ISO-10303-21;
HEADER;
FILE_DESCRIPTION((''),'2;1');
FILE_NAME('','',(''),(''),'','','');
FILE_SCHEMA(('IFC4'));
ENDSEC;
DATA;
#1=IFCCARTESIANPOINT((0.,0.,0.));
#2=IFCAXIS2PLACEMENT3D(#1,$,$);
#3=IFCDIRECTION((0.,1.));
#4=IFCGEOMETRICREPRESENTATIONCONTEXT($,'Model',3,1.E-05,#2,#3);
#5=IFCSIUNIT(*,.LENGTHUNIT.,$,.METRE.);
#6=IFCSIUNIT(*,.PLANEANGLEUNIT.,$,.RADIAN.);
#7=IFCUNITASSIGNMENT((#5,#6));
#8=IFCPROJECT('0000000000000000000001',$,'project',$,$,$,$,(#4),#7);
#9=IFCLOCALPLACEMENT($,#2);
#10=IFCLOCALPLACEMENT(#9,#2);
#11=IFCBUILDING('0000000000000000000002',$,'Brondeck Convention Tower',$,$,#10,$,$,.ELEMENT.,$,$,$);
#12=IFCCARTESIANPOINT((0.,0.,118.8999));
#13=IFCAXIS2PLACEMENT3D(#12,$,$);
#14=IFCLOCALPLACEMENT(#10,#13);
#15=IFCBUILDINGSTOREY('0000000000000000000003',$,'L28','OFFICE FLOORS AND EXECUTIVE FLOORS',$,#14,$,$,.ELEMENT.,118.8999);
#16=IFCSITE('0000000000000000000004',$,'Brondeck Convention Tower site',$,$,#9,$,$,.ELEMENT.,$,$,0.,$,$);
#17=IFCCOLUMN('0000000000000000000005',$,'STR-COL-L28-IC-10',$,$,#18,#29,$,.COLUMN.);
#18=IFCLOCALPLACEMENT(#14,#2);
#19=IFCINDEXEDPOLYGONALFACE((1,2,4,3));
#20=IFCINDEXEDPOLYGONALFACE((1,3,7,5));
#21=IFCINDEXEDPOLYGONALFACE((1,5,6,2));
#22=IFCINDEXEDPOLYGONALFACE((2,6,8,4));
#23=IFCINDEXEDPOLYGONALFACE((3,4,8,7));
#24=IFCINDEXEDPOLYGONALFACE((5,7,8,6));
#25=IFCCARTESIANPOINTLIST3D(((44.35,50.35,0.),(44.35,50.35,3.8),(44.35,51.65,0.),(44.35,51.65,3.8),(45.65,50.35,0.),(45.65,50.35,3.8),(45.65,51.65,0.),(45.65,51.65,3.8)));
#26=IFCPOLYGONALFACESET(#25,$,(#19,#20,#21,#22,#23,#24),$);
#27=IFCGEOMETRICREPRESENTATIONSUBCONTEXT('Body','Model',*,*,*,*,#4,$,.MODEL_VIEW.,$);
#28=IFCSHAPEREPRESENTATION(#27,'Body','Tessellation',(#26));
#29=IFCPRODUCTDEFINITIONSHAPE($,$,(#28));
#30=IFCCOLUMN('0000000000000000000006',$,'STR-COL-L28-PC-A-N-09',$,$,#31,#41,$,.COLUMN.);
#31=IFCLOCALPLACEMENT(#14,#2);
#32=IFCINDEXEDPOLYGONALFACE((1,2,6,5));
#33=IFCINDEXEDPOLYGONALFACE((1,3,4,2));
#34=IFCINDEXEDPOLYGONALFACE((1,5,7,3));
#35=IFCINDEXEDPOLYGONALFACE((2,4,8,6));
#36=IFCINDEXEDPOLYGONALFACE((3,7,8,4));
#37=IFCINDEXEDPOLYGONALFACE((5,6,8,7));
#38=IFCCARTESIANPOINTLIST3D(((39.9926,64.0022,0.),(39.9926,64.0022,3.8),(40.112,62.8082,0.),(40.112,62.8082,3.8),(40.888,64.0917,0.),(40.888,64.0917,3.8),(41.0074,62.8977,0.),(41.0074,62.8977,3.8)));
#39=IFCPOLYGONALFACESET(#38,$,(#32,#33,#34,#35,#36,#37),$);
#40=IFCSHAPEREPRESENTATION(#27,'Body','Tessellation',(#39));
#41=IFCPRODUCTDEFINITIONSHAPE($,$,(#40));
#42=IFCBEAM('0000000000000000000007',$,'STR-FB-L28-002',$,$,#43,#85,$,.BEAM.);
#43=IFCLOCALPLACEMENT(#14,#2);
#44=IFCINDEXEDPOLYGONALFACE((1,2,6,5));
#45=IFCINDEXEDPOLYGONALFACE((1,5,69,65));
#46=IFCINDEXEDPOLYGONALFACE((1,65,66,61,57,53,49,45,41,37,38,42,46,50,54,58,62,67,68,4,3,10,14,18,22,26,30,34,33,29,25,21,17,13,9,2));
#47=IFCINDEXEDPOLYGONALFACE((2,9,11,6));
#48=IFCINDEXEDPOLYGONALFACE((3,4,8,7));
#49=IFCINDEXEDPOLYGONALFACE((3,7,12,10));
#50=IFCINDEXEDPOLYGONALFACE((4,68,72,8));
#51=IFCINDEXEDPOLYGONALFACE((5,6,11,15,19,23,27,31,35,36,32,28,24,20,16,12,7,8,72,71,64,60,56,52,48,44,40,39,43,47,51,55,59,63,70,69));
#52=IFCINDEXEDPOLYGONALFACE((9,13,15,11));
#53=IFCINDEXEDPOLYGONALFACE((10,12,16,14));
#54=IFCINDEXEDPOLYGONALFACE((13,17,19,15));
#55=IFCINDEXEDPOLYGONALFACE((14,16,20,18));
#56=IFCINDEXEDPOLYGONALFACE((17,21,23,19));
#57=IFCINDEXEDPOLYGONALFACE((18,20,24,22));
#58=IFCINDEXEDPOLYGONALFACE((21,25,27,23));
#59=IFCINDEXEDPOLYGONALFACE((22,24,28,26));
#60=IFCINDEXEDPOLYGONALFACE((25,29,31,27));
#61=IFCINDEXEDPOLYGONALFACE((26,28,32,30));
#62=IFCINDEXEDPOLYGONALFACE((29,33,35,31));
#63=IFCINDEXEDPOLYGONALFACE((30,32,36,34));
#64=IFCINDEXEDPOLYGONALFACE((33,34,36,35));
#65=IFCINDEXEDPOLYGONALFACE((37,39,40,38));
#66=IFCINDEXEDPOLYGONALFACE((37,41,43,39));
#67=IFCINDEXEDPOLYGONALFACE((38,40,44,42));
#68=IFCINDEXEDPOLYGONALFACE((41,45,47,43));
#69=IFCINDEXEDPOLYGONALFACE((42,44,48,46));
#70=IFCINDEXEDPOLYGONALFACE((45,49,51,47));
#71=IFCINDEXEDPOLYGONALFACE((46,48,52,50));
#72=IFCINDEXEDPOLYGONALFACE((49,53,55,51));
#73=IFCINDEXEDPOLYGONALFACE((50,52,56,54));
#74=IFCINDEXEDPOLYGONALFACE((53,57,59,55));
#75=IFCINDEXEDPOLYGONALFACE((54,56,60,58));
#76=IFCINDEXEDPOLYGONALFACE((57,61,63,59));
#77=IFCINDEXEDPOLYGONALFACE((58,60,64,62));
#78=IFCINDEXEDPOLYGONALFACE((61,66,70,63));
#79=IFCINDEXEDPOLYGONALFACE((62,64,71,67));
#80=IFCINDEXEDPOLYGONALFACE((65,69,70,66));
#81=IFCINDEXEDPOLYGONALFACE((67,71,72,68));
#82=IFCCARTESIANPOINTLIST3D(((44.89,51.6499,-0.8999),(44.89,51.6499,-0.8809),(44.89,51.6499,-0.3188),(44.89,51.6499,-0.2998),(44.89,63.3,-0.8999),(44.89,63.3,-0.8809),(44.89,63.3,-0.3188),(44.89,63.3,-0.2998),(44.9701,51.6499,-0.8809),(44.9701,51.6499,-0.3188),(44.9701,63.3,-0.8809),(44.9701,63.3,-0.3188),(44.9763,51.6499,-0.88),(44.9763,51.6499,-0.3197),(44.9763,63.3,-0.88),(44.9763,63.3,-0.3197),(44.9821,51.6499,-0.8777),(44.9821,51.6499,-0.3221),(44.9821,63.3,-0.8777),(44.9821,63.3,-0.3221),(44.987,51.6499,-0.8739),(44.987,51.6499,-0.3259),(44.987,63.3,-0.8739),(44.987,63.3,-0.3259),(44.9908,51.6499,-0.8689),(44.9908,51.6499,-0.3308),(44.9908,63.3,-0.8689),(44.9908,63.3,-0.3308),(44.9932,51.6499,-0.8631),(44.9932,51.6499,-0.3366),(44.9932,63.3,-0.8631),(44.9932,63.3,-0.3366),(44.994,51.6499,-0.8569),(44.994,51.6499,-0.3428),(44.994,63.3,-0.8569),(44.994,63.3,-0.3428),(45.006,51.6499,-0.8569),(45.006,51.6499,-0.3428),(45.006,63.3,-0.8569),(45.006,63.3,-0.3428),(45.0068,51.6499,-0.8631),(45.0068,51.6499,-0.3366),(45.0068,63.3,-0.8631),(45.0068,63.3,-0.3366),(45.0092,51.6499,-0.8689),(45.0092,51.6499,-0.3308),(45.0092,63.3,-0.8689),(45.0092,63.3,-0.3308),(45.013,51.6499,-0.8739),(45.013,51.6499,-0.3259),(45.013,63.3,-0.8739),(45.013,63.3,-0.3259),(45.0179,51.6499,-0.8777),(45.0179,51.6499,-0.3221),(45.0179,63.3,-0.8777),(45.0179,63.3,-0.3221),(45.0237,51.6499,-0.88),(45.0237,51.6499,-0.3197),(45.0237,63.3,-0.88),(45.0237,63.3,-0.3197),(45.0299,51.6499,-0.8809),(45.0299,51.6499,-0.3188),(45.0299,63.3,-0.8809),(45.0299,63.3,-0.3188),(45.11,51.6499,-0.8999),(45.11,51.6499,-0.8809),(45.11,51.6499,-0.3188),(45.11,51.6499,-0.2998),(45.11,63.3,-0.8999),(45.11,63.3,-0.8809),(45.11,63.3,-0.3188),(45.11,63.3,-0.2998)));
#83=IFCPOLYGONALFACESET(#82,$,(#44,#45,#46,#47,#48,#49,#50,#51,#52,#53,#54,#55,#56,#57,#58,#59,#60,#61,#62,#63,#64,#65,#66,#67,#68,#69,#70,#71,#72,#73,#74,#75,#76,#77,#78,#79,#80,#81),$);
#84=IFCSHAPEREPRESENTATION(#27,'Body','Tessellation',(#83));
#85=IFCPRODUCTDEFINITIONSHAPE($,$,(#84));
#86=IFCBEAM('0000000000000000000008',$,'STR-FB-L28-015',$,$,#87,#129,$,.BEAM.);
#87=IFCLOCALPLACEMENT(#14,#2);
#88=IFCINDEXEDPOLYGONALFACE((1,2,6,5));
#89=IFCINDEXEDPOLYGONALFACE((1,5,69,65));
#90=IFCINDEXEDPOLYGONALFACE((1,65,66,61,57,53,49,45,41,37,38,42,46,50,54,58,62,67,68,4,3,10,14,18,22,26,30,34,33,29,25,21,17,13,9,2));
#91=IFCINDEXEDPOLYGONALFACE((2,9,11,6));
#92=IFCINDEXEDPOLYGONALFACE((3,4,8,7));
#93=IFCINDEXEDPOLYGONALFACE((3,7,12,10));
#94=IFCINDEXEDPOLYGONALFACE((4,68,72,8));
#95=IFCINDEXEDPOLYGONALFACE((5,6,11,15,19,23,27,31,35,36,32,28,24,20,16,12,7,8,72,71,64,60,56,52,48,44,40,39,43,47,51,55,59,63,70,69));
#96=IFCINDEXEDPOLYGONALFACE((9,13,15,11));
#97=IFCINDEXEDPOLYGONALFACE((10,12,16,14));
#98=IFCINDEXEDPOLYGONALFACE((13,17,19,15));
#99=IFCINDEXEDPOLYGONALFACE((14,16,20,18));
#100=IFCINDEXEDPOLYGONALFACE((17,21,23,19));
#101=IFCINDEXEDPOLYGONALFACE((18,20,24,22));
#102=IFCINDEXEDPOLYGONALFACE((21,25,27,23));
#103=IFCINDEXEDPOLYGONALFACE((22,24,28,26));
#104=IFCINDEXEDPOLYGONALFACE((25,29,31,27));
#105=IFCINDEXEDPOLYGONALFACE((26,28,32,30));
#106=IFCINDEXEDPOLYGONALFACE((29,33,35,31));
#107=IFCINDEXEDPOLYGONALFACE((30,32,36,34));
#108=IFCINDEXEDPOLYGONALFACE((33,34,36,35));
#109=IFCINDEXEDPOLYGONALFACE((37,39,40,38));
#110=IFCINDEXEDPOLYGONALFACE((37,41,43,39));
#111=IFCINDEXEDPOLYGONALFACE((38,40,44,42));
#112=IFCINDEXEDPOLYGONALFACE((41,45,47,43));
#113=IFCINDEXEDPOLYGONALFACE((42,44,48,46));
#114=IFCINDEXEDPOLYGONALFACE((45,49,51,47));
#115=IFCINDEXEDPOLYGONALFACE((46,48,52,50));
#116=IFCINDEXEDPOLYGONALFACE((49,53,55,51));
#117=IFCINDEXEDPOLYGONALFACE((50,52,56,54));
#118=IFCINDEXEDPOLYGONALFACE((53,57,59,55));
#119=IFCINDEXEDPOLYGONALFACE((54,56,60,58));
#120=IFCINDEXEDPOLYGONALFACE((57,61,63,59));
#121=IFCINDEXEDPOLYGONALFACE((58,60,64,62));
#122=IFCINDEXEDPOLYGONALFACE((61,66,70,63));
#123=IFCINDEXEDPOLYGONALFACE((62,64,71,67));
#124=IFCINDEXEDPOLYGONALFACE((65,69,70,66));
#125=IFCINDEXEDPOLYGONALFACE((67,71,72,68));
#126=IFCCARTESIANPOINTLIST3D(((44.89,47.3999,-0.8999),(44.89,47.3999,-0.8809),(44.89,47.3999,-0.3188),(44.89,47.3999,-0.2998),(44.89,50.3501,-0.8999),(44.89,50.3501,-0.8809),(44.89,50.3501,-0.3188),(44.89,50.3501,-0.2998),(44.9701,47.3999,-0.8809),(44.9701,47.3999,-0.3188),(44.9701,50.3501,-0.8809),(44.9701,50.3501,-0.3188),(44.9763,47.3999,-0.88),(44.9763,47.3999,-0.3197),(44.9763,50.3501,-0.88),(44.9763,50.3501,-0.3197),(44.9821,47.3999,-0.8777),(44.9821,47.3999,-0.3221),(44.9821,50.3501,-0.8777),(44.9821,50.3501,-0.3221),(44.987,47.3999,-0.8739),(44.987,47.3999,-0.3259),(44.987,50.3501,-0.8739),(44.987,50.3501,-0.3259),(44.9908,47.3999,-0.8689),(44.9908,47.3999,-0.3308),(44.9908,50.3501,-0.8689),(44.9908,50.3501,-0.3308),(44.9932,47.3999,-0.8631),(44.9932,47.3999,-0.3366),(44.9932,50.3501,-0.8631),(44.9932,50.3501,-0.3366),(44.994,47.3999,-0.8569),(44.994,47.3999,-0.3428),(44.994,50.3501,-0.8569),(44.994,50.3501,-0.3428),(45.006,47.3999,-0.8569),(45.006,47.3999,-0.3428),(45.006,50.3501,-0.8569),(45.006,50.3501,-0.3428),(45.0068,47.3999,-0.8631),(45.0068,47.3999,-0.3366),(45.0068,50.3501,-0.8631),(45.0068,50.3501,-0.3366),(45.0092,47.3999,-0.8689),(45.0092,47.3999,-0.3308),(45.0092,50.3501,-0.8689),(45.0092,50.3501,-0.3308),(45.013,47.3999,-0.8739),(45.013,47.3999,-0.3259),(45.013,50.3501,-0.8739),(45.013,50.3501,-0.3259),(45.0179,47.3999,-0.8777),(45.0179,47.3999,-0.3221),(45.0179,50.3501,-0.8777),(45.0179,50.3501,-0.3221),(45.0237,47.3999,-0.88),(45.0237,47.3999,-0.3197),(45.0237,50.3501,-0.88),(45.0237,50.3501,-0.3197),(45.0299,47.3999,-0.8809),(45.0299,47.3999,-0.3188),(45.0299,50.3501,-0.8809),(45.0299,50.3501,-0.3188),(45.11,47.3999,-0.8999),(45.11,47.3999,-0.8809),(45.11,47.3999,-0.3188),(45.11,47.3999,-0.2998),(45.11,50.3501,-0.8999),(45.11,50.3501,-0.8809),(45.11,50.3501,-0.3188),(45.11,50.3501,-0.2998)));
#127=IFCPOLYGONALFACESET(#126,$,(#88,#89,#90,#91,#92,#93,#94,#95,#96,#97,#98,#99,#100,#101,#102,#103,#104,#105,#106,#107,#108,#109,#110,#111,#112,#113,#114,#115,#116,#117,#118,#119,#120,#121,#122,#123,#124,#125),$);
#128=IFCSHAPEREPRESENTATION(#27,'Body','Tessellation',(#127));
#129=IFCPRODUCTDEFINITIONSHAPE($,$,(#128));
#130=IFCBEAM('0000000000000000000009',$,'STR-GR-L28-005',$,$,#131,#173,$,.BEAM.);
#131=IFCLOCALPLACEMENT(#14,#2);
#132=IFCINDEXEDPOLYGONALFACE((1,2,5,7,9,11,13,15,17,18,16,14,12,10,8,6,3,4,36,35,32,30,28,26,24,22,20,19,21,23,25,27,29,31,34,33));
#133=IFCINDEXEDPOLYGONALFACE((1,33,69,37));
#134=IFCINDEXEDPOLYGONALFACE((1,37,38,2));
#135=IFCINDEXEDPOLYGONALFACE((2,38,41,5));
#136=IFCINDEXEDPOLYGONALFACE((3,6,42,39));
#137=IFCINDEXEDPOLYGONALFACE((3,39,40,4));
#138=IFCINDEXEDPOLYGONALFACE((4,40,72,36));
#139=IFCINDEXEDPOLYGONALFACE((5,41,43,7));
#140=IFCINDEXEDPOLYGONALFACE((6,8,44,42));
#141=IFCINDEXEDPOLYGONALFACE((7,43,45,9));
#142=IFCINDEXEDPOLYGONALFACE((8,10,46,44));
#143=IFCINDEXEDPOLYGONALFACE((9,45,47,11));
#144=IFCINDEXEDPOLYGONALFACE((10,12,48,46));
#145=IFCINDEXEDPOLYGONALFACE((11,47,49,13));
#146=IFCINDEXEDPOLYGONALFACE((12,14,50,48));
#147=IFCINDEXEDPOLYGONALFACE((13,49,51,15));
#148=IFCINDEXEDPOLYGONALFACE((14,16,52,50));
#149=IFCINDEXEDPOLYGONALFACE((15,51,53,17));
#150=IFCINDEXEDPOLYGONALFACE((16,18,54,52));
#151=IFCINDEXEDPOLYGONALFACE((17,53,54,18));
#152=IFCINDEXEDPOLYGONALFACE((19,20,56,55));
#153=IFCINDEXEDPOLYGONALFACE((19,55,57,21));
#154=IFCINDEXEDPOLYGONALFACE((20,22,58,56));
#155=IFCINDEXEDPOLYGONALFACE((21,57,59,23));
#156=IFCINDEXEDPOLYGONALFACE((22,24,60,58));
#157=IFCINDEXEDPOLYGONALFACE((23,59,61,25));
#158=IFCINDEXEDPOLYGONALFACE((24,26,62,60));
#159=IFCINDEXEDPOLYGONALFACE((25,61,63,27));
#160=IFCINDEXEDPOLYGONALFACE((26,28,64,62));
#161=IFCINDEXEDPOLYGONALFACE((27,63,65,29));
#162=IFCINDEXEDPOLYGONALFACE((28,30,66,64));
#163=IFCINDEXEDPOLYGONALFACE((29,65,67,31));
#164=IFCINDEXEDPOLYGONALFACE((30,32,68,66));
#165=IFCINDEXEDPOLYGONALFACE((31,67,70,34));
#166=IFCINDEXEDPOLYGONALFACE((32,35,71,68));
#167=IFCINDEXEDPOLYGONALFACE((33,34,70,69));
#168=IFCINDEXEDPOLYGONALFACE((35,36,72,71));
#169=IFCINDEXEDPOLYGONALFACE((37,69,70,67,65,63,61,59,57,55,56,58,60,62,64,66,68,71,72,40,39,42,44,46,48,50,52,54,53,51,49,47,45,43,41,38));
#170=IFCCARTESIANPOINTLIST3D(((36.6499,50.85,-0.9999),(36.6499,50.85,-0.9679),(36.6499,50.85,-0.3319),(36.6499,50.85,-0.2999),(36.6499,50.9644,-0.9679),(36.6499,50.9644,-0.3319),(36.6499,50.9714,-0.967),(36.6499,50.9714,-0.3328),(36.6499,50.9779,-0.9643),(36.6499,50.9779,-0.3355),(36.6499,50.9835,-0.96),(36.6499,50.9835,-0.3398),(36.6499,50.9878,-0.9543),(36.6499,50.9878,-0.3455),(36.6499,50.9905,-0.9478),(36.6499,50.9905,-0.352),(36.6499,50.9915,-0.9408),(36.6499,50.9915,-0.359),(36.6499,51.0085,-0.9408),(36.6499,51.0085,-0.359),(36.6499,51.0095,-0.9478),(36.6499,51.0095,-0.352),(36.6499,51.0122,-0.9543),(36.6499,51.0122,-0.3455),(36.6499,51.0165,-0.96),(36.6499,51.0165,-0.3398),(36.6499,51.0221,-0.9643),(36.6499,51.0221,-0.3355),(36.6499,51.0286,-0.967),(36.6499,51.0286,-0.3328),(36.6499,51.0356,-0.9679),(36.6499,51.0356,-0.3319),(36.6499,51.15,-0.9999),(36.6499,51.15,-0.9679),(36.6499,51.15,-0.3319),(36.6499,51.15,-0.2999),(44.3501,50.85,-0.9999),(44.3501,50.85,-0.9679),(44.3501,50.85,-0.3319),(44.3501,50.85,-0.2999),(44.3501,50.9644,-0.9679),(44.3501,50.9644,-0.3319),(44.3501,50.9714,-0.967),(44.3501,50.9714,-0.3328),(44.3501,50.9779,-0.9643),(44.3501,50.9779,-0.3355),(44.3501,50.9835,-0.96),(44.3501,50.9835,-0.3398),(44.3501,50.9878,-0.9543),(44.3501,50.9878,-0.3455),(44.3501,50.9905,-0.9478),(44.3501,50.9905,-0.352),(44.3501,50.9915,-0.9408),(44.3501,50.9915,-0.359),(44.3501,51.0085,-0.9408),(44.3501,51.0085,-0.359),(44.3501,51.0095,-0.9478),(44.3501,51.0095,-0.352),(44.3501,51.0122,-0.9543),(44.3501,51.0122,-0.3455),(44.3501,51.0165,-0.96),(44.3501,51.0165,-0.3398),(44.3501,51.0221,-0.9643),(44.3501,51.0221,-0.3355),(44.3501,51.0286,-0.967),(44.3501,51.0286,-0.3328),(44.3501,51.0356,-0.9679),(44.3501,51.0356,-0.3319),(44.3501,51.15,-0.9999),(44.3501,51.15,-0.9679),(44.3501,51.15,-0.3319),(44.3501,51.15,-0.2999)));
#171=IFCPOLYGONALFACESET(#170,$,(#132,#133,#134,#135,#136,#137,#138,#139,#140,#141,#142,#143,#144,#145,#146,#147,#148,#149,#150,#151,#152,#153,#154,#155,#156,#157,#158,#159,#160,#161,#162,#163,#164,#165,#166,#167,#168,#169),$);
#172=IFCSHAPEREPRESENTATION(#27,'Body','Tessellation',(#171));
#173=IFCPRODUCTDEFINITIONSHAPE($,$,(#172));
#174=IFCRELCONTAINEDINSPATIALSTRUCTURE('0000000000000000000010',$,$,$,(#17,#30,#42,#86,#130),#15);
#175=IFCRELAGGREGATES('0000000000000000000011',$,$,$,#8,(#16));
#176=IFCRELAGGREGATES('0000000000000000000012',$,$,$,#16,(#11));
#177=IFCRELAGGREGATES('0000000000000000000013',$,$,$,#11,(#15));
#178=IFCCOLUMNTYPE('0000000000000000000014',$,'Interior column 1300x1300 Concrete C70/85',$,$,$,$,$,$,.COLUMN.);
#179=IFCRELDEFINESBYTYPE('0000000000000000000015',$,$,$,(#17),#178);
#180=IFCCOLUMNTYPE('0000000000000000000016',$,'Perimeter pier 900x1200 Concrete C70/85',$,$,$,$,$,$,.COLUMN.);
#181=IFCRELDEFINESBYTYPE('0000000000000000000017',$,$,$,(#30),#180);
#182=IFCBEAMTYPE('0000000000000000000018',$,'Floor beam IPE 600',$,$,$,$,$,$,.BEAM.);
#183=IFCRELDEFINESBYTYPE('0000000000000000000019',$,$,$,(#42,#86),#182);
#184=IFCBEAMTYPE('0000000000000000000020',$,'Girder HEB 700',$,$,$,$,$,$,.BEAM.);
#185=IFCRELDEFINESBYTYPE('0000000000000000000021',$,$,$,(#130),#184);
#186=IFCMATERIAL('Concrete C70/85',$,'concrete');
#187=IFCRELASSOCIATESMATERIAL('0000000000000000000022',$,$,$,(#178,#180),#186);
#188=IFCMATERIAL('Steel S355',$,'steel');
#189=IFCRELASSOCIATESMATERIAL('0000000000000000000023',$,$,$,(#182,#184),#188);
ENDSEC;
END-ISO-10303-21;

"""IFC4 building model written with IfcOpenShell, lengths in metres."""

from ifc_helpers import new_model, si_unit, direction, frame, origin, origin_2d, place, context, subcontext, project, spatial, rectangle, i_section, extrude, material, material_profile, profile_set, type_object, element, save


model = new_model("IFC4")

# Units and contexts
model_context = context("Model", 3, precision=1e-05, world=origin(), true_north=direction((0.0, 1.0)))
body_context = subcontext(model_context, "Body", "Model", "MODEL_VIEW")
ifc_project = project(units=[si_unit("LENGTHUNIT", "METRE"), si_unit("PLANEANGLEUNIT", "RADIAN")], contexts=[model_context])

# Site, building, storey
site_placement = place(None, origin())
site = spatial("IfcSite", under=ifc_project, at=site_placement, Name="Brondeck Convention Tower site", CompositionType="ELEMENT", RefElevation=0.0)
building_placement = place(site_placement, origin())
building = spatial("IfcBuilding", under=site, at=building_placement, Name="Brondeck Convention Tower", CompositionType="ELEMENT")
storey_placement = place(building_placement, frame((0.0, 0.0, 118.8999)))
storey = spatial("IfcBuildingStorey", under=building, at=storey_placement, Name="L28", Description="OFFICE FLOORS AND EXECUTIVE FLOORS", CompositionType="ELEMENT", Elevation=118.8999)

# Columns
ifc_material_1 = material(Name="Concrete C70/85", Category="concrete")
ifc_material_profile_1 = material_profile(ifc_material_1, rectangle(XDim=1.3, YDim=1.3, at=origin_2d()), Name="Interior column 1300x1300 Concrete C70/85")
ifc_profile_set_1 = profile_set([ifc_material_profile_1], Name="Concrete C70/85")
column_type_1 = type_object("IfcColumnType", Name="Interior column 1300x1300 Concrete C70/85", PredefinedType="COLUMN", material=ifc_profile_set_1)
column_1_placement = place(storey_placement, frame((45.0, 51.0, 0.0), z_axis=(0.0, 0.0, 1.0), x_axis=(1.0, 0.0, 0.0)))
element("IfcColumn", 1, at=column_1_placement, inside=storey, type_object=column_type_1, Name="STR-COL-L28-IC-10", PredefinedType="COLUMN", context=body_context, shape_type="SweptSolid", body=[
    extrude(rectangle(XDim=1.3, YDim=1.3, at=origin_2d()), origin(), (0.0, 0.0, 1.0), 3.8),
])
ifc_material_profile_2 = material_profile(ifc_material_1, rectangle(XDim=0.8999, YDim=1.2, at=origin_2d()), Name="Perimeter pier 900x1200 Concrete C70/85")
ifc_profile_set_2 = profile_set([ifc_material_profile_2], Name="Concrete C70/85")
column_type_2 = type_object("IfcColumnType", Name="Perimeter pier 900x1200 Concrete C70/85", PredefinedType="COLUMN", material=ifc_profile_set_2)
column_2_placement = place(storey_placement, frame((40.5, 63.45, 0.0), z_axis=(0.0, 0.0, 1.0), x_axis=(-0.995037, -0.099504, 0.0)))
element("IfcColumn", 2, at=column_2_placement, inside=storey, type_object=column_type_2, Name="STR-COL-L28-PC-A-N-09", PredefinedType="COLUMN", context=body_context, shape_type="SweptSolid", body=[
    extrude(rectangle(XDim=0.8999, YDim=1.2, at=origin_2d()), origin(), (0.0, 0.0, 1.0), 3.8),
])

# Beams
ifc_material_2 = material(Name="Steel S355", Category="steel")
ifc_material_profile_3 = material_profile(ifc_material_2, i_section(OverallWidth=0.22, OverallDepth=0.6001, WebThickness=0.012, FlangeThickness=0.019, FilletRadius=0.0239, at=origin_2d()), Name="IPE 600")
ifc_profile_set_3 = profile_set([ifc_material_profile_3], Name="Steel S355")
beam_type_1 = type_object("IfcBeamType", Name="Floor beam IPE 600", PredefinedType="BEAM", material=ifc_profile_set_3)
beam_1_placement = place(storey_placement, frame((45.0, 51.6499, -0.5999), z_axis=(0.0, 1.0, 0.0), x_axis=(-1.0, 0.0, 0.0)))
element("IfcBeam", 3, at=beam_1_placement, inside=storey, type_object=beam_type_1, Name="STR-FB-L28-002", PredefinedType="BEAM", context=body_context, shape_type="SweptSolid", body=[
    extrude(i_section(OverallWidth=0.22, OverallDepth=0.6001, WebThickness=0.012, FlangeThickness=0.019, FilletRadius=0.0239, at=origin_2d()), origin(), (0.0, 0.0, 1.0), 11.6501),
])
beam_2_placement = place(storey_placement, frame((45.0, 47.3999, -0.5999), z_axis=(0.0, 1.0, 0.0), x_axis=(-1.0, 0.0, 0.0)))
element("IfcBeam", 4, at=beam_2_placement, inside=storey, type_object=beam_type_1, Name="STR-FB-L28-015", PredefinedType="BEAM", context=body_context, shape_type="SweptSolid", body=[
    extrude(i_section(OverallWidth=0.22, OverallDepth=0.6001, WebThickness=0.012, FlangeThickness=0.019, FilletRadius=0.0239, at=origin_2d()), origin(), (0.0, 0.0, 1.0), 2.9502),
])
ifc_material_profile_4 = material_profile(ifc_material_2, i_section(OverallWidth=0.3, OverallDepth=0.7, WebThickness=0.0171, FlangeThickness=0.032, FilletRadius=0.0271, at=origin_2d()), Name="HEB 700")
ifc_profile_set_4 = profile_set([ifc_material_profile_4], Name="Steel S355")
beam_type_2 = type_object("IfcBeamType", Name="Girder HEB 700", PredefinedType="BEAM", material=ifc_profile_set_4)
beam_3_placement = place(storey_placement, frame((36.6499, 51.0, -0.6499), z_axis=(1.0, 0.0, 0.0), x_axis=(0.0, 1.0, 0.0)))
element("IfcBeam", 5, at=beam_3_placement, inside=storey, type_object=beam_type_2, Name="STR-GR-L28-005", PredefinedType="BEAM", context=body_context, shape_type="SweptSolid", body=[
    extrude(i_section(OverallWidth=0.3, OverallDepth=0.7, WebThickness=0.0171, FlangeThickness=0.032, FilletRadius=0.0271, at=origin_2d()), origin(), (0.0, 0.0, 1.0), 7.7002),
])

save(model, "model.ifc")
